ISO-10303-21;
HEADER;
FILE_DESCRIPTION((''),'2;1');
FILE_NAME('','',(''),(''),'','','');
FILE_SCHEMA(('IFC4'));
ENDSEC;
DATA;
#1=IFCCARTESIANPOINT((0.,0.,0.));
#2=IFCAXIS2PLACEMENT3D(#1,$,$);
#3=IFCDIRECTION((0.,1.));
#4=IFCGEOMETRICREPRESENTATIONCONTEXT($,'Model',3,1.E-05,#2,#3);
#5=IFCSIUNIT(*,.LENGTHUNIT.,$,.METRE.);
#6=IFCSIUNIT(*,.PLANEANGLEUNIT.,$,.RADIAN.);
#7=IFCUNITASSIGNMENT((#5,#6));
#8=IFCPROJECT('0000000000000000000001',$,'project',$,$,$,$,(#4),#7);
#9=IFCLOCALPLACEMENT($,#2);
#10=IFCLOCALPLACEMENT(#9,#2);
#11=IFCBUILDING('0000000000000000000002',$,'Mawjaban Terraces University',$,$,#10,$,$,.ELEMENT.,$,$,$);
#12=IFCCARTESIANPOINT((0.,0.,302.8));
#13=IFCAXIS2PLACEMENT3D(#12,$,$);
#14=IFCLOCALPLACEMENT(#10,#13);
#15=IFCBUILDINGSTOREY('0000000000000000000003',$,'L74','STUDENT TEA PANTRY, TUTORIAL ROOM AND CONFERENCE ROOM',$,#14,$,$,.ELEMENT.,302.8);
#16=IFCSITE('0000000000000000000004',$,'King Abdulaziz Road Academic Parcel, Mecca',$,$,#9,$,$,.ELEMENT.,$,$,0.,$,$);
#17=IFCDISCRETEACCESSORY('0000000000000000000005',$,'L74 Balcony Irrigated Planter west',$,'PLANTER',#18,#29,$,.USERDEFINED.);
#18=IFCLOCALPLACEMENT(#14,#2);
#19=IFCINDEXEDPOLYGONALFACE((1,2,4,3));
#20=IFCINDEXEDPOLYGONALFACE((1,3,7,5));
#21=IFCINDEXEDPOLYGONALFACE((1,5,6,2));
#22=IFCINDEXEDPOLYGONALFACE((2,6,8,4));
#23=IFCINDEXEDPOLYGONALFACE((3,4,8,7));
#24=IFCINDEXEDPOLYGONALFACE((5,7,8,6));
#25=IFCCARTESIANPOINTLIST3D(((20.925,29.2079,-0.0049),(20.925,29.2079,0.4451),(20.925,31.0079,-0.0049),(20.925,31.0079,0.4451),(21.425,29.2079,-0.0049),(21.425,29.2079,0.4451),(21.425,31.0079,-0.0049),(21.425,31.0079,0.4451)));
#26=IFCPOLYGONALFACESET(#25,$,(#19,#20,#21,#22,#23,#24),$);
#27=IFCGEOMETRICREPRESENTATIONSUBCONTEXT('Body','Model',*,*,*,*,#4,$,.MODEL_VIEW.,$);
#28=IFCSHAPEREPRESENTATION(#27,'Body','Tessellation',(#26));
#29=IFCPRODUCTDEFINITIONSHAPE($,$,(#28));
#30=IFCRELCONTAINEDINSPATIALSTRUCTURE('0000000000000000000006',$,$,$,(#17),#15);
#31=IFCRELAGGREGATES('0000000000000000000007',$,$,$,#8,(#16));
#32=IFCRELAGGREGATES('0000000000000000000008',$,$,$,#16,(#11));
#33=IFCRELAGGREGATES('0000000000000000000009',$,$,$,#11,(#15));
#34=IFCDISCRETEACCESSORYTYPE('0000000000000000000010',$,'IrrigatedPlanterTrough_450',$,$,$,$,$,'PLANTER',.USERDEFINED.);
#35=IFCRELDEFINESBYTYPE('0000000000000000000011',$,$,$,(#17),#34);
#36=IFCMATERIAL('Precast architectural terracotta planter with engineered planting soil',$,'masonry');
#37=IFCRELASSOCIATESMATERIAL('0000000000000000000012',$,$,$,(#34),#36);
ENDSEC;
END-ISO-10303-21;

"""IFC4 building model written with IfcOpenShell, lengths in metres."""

from ifc_helpers import new_model, si_unit, direction, frame, origin, origin_2d, place, context, subcontext, project, spatial, rectangle, extrude, material, type_object, element, save


model = new_model("IFC4")

# Units and contexts
model_context = context("Model", 3, precision=1e-05, world=origin(), true_north=direction((0.0, 1.0)))
body_context = subcontext(model_context, "Body", "Model", "MODEL_VIEW")
ifc_project = project(units=[si_unit("LENGTHUNIT", "METRE"), si_unit("PLANEANGLEUNIT", "RADIAN")], contexts=[model_context])

# Site, building, storey
site_placement = place(None, origin())
site = spatial("IfcSite", under=ifc_project, at=site_placement, Name="King Abdulaziz Road Academic Parcel, Mecca", CompositionType="ELEMENT", RefElevation=0.0)
building_placement = place(site_placement, origin())
building = spatial("IfcBuilding", under=site, at=building_placement, Name="Mawjaban Terraces University", CompositionType="ELEMENT")
storey_placement = place(building_placement, frame((0.0, 0.0, 302.8)))
storey = spatial("IfcBuildingStorey", under=building, at=storey_placement, Name="L74", Description="STUDENT TEA PANTRY, TUTORIAL ROOM AND CONFERENCE ROOM", CompositionType="ELEMENT", Elevation=302.8)

# Discrete accessory
ifc_material_1 = material(Name="Precast architectural terracotta planter with engineered planting soil", Category="masonry")
discrete_accessory_type_1 = type_object("IfcDiscreteAccessoryType", Name="IrrigatedPlanterTrough_450", ElementType="PLANTER", PredefinedType="USERDEFINED", material=ifc_material_1)
discrete_accessory_1_placement = place(storey_placement, frame((21.175, 30.1079, -0.0049), z_axis=(0.0, 0.0, 1.0), x_axis=(0.0, 1.0, 0.0)))
element("IfcDiscreteAccessory", 1, at=discrete_accessory_1_placement, inside=storey, type_object=discrete_accessory_type_1, Name="L74 Balcony Irrigated Planter west", ObjectType="PLANTER", PredefinedType="USERDEFINED", context=body_context, shape_type="SweptSolid", body=[
    extrude(rectangle(XDim=1.8, YDim=0.5, at=origin_2d()), origin(), (0.0, 0.0, 1.0), 0.45),
])

save(model, "model.ifc")
